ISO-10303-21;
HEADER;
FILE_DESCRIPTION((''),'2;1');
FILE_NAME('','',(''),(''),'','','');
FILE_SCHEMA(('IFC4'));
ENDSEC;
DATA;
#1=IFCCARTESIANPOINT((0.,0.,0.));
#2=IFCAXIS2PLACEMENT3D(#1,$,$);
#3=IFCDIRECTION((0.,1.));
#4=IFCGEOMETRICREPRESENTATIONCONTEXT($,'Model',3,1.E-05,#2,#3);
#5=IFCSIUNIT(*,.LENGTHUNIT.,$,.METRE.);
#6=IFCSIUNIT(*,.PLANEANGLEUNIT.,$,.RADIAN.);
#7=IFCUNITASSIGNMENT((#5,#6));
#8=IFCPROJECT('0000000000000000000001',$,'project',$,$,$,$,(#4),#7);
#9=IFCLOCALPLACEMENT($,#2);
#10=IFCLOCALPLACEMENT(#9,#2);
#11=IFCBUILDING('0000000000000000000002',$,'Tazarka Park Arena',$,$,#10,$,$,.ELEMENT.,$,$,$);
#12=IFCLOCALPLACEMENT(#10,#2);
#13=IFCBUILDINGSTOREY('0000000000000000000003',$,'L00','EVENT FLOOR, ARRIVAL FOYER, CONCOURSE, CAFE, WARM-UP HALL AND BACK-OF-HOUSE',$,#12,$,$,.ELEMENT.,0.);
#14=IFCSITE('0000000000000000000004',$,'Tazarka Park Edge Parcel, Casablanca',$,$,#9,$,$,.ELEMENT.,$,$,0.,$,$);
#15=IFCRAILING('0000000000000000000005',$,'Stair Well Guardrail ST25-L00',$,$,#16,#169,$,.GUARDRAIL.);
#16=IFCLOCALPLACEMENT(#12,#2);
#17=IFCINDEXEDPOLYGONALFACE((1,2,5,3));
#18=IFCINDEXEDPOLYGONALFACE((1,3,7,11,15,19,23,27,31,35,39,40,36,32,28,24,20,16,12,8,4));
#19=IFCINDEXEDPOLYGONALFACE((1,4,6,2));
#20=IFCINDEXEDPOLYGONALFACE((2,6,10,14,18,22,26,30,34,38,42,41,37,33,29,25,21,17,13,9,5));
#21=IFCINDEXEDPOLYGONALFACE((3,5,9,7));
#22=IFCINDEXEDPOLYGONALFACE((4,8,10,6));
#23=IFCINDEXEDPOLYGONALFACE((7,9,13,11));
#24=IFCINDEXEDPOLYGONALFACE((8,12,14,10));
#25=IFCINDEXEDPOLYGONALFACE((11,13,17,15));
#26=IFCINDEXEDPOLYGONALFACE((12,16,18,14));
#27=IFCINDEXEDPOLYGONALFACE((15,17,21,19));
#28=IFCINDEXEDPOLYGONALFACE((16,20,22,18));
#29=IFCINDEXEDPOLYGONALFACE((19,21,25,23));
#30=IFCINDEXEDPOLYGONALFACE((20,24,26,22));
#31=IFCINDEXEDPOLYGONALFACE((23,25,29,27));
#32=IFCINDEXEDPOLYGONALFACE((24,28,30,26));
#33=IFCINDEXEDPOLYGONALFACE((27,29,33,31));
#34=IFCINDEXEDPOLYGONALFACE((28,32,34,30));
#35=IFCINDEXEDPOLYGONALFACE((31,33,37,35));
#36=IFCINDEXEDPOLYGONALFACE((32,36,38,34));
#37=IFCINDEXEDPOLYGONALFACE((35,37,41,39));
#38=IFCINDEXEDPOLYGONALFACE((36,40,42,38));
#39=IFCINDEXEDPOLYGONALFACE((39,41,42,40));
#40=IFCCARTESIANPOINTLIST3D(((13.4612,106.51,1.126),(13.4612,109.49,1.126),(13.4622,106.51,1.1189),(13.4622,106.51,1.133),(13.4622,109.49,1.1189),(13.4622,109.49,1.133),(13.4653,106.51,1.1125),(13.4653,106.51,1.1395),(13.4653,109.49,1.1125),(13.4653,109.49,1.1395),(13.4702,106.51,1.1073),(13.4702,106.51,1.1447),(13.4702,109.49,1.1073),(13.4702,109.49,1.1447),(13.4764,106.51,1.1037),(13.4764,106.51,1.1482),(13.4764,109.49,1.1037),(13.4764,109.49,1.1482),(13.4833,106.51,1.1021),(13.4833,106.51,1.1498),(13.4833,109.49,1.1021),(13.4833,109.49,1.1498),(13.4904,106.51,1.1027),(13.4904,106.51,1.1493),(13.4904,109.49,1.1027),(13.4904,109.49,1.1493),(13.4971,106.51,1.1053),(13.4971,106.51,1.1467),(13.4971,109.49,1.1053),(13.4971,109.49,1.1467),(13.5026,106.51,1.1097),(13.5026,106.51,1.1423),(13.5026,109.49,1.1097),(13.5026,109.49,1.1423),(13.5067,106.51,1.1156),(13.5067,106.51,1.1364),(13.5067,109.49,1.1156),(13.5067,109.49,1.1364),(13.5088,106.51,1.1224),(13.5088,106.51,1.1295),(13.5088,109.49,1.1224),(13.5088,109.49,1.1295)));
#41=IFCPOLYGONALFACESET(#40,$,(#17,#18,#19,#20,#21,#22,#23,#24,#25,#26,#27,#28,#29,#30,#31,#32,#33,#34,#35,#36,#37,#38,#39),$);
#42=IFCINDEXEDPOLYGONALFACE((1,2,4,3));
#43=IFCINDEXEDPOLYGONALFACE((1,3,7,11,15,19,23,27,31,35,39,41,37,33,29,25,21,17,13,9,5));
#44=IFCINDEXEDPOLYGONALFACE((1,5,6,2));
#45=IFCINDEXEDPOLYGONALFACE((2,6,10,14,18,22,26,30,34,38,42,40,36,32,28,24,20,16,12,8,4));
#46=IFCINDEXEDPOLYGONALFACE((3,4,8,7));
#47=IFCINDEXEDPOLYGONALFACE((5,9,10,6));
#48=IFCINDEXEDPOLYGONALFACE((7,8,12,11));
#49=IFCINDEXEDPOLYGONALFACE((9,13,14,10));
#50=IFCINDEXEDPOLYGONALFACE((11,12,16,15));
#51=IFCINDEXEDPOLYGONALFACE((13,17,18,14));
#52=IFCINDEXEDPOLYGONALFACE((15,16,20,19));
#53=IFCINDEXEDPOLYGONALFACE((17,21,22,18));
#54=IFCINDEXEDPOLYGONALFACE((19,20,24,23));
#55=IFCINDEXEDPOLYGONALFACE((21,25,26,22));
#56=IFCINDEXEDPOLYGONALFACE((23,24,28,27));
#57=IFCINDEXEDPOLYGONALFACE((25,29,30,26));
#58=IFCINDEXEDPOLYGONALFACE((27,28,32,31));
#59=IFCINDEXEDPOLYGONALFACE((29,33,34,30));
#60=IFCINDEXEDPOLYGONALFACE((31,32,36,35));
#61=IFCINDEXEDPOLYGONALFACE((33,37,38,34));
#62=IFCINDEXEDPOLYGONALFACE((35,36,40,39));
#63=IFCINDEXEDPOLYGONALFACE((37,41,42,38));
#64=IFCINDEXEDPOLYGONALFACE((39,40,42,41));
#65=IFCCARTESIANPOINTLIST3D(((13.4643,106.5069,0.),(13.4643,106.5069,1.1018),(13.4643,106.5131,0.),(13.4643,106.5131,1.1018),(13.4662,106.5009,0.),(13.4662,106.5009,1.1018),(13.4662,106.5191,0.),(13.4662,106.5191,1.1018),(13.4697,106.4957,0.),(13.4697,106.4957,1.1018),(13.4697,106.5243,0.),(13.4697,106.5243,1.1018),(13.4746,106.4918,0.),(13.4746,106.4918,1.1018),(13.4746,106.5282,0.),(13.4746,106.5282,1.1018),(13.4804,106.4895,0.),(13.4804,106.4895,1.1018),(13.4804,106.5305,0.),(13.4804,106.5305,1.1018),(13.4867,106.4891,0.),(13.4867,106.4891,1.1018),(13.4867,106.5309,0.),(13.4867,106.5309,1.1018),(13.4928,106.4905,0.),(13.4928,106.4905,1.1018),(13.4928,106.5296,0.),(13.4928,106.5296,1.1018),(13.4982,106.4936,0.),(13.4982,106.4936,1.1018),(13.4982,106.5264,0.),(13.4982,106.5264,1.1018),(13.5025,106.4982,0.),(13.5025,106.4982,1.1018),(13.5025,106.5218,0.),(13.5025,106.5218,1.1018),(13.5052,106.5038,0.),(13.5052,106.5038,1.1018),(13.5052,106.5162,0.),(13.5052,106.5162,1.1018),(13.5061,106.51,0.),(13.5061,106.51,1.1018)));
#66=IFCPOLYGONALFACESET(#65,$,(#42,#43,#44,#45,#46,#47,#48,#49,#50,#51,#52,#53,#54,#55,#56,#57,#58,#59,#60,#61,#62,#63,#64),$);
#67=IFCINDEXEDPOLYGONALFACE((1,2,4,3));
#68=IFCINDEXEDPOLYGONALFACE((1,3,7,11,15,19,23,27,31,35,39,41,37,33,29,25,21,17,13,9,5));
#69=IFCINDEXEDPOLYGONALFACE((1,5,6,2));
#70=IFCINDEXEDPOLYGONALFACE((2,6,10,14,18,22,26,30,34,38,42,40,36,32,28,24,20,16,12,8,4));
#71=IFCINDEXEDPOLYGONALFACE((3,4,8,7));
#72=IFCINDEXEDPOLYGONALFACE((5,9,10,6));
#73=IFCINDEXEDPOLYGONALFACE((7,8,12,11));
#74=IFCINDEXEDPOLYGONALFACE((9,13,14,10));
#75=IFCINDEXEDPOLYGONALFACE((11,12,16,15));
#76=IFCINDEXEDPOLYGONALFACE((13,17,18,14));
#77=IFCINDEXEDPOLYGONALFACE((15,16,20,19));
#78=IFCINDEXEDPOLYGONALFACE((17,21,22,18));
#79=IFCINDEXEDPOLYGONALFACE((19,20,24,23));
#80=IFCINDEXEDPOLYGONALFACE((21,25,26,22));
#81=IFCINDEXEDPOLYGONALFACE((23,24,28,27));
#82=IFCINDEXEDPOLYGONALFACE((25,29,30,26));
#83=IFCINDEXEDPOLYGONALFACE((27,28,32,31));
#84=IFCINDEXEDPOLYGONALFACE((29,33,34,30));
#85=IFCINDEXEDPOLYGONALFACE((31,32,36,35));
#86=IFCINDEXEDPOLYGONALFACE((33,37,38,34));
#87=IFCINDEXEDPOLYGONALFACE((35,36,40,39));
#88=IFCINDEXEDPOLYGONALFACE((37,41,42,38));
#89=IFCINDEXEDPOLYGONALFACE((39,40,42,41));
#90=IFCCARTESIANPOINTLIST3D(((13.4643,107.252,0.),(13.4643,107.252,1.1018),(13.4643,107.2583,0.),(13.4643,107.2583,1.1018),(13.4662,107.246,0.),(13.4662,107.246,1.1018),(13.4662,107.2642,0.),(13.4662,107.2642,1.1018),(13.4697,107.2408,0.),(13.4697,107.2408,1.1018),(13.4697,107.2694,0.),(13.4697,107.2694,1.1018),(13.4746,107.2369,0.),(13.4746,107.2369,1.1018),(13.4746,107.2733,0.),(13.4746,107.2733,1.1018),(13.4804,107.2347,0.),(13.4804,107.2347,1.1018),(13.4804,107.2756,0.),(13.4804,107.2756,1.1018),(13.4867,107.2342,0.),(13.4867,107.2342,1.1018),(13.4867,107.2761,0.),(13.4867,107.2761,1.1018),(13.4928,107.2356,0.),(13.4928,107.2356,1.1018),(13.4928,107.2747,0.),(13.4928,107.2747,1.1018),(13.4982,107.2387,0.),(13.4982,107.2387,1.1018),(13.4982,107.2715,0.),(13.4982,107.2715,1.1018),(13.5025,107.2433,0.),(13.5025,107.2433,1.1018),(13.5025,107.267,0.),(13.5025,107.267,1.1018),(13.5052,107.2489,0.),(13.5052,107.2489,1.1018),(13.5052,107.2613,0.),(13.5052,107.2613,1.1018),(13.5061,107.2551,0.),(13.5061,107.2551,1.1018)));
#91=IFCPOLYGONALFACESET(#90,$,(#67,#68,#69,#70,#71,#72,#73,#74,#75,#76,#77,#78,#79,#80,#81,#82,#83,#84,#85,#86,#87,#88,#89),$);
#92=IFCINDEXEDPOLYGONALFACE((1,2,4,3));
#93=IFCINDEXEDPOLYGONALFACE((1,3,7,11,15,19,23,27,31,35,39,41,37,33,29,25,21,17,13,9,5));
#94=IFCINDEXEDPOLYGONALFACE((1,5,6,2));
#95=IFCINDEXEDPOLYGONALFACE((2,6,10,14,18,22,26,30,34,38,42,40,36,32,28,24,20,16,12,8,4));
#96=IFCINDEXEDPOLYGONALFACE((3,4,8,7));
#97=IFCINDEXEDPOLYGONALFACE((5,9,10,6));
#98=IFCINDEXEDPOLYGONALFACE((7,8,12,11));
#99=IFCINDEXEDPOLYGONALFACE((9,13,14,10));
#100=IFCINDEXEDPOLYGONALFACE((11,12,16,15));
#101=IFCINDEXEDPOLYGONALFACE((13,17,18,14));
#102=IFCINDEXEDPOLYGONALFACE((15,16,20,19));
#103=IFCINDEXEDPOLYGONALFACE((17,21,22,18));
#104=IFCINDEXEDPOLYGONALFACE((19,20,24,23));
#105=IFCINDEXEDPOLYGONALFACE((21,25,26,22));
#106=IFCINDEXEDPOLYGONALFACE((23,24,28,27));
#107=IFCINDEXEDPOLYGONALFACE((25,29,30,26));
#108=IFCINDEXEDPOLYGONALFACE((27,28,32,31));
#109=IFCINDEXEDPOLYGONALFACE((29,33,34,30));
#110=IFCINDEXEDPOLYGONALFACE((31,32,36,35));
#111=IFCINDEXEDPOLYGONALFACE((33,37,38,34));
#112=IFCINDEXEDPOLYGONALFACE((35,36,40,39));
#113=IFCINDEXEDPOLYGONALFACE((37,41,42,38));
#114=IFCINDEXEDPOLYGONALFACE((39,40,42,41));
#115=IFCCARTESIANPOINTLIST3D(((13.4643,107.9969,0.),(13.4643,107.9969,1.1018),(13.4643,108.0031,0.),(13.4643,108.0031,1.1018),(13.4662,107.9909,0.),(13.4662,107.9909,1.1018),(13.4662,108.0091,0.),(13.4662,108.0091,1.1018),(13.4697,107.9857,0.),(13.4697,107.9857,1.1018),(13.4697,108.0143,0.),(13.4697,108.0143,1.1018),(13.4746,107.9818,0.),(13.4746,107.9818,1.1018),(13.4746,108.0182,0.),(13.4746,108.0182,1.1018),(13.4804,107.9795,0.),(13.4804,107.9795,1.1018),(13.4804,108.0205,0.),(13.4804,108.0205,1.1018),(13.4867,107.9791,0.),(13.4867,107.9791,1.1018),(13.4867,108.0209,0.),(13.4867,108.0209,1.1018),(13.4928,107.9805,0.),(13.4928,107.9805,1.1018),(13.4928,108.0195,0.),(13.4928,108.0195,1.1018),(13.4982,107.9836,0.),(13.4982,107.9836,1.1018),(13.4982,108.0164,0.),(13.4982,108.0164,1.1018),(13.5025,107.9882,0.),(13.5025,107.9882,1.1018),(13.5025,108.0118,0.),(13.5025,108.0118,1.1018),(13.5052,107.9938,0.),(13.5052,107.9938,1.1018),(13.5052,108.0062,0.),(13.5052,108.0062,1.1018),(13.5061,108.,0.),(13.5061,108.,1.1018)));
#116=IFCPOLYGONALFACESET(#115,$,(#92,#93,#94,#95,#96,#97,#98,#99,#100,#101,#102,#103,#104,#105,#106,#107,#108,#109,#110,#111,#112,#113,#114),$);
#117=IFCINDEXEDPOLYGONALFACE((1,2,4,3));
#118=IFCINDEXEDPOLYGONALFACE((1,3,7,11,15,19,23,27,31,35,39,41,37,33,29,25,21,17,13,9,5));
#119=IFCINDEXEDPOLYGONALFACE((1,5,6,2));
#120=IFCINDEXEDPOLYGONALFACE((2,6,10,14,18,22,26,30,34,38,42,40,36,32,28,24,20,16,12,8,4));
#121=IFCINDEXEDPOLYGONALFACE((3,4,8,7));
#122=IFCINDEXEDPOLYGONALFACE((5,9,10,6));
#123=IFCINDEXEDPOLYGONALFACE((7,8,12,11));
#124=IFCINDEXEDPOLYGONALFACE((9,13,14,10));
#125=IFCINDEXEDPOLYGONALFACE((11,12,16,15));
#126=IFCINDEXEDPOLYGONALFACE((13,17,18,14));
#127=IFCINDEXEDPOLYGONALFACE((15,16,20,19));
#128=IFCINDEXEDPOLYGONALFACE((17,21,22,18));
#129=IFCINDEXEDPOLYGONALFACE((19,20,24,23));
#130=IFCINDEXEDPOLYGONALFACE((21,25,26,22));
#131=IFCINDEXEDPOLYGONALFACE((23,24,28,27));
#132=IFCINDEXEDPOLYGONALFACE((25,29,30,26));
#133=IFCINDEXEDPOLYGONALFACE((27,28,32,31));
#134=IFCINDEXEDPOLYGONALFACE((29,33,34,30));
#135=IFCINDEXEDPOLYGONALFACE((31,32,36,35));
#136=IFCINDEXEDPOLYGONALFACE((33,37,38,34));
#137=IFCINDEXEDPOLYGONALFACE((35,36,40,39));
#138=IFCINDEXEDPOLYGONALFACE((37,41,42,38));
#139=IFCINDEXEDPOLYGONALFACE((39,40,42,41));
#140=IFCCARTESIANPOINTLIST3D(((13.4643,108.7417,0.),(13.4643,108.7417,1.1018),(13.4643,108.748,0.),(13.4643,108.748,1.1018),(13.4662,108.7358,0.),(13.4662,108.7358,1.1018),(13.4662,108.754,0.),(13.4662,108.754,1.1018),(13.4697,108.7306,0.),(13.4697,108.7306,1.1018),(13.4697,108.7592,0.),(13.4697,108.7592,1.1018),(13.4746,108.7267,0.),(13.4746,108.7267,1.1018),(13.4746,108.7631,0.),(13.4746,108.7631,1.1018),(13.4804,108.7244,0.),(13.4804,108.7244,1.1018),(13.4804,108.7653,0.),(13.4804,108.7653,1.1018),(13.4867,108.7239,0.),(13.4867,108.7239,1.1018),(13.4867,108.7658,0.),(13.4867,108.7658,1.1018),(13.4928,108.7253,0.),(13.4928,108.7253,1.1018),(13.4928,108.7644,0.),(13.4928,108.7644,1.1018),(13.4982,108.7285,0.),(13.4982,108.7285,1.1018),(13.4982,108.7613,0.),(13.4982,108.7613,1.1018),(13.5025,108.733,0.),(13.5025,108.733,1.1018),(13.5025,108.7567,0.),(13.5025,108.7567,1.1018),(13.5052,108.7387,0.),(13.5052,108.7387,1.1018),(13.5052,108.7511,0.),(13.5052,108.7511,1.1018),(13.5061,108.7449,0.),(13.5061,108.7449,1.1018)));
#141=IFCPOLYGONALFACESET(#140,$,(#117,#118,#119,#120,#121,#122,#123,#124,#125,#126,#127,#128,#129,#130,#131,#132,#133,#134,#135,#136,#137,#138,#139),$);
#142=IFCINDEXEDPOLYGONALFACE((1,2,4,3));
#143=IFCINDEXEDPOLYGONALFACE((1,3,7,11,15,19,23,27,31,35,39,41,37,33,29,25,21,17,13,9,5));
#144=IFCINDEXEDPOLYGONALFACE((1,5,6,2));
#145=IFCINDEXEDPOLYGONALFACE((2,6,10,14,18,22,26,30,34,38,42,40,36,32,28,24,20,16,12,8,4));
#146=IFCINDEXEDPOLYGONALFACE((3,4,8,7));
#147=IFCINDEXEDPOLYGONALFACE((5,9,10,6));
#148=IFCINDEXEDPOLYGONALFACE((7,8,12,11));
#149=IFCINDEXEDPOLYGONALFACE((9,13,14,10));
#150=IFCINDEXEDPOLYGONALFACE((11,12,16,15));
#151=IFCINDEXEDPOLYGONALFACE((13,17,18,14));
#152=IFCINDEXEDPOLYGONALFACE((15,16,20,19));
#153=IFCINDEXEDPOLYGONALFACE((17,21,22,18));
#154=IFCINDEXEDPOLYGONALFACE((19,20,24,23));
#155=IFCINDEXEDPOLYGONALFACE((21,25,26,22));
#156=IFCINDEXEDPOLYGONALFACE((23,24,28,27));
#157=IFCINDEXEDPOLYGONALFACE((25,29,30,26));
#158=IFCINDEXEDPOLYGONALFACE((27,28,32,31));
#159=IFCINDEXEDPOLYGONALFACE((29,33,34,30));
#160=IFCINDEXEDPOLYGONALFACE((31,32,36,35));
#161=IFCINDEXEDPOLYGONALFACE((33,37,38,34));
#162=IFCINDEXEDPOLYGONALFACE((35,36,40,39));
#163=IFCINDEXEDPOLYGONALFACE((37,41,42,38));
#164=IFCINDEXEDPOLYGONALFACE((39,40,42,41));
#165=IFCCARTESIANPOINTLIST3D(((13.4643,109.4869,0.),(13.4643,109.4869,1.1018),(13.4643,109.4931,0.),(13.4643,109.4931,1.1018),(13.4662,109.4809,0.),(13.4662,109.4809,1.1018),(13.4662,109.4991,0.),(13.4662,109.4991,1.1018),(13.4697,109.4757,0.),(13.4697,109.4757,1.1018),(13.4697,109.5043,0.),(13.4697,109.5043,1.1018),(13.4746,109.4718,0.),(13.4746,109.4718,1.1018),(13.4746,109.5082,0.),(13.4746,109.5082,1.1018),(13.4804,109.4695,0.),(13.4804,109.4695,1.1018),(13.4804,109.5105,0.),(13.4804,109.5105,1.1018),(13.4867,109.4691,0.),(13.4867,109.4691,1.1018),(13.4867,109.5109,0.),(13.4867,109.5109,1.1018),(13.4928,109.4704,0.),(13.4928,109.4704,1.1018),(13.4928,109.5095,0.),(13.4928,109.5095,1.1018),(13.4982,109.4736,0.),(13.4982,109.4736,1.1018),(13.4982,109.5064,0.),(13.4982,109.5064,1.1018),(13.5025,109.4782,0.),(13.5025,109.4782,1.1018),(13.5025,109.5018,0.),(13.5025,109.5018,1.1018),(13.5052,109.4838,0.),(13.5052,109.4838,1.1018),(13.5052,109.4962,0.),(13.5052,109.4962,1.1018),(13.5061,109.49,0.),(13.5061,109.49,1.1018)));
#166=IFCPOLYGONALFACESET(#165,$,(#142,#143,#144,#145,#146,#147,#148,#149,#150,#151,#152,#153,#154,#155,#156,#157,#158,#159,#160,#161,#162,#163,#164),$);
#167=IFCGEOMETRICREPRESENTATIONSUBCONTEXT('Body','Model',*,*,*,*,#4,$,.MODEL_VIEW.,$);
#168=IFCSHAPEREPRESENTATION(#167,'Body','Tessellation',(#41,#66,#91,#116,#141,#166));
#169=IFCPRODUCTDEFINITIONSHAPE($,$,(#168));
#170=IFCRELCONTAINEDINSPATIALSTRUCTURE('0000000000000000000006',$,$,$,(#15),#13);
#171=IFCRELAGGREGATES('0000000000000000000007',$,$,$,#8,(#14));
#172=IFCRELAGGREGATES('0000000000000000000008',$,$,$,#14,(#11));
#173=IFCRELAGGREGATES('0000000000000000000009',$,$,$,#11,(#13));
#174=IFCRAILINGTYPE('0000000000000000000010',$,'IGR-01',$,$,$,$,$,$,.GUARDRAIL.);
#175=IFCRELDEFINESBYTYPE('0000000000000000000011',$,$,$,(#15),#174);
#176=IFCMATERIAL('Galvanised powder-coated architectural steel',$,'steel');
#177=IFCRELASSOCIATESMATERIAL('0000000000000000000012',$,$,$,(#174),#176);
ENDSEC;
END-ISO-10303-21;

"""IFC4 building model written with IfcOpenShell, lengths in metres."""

from ifc_helpers import new_model, si_unit, direction, frame, origin, origin_2d, place, context, subcontext, project, spatial, circle, extrude, material, type_object, element, save


model = new_model("IFC4")

# Units and contexts
model_context = context("Model", 3, precision=1e-05, world=origin(), true_north=direction((0.0, 1.0)))
body_context = subcontext(model_context, "Body", "Model", "MODEL_VIEW")
ifc_project = project(units=[si_unit("LENGTHUNIT", "METRE"), si_unit("PLANEANGLEUNIT", "RADIAN")], contexts=[model_context])

# Site, building, storey
site_placement = place(None, origin())
site = spatial("IfcSite", under=ifc_project, at=site_placement, Name="Tazarka Park Edge Parcel, Casablanca", CompositionType="ELEMENT", RefElevation=0.0)
building_placement = place(site_placement, origin())
building = spatial("IfcBuilding", under=site, at=building_placement, Name="Tazarka Park Arena", CompositionType="ELEMENT")
storey_placement = place(building_placement, origin())
storey = spatial("IfcBuildingStorey", under=building, at=storey_placement, Name="L00", Description="EVENT FLOOR, ARRIVAL FOYER, CONCOURSE, CAFE, WARM-UP HALL AND BACK-OF-HOUSE", CompositionType="ELEMENT", Elevation=0.0)

# Railing
ifc_material_1 = material(Name="Galvanised powder-coated architectural steel", Category="steel")
railing_type_1 = type_object("IfcRailingType", Name="IGR-01", PredefinedType="GUARDRAIL", material=ifc_material_1)
for number, where, name in (
    (1, (13.4851, 106.51, 0.0), "Stair Well Guardrail ST25-L00"),
):
    element("IfcRailing", number, at=place(storey_placement, frame(where)), inside=storey, type_object=railing_type_1, Name=name, PredefinedType="GUARDRAIL", context=body_context, shape_type="SweptSolid", body=[
        extrude(circle(Radius=0.0239, at=origin_2d()), frame((0.0, 0.0, 1.126), z_axis=(0.0, 1.0, 0.0), x_axis=(-1.0, 0.0, 0.0)), (0.0, 0.0, 1.0), 2.98),
        extrude(circle(Radius=0.021, at=origin_2d()), origin(), (0.0, 0.0, 1.0), 1.1018),
        extrude(circle(Radius=0.021, at=origin_2d()), frame((0.0, 0.7451, 0.0)), (0.0, 0.0, 1.0), 1.1018),
        extrude(circle(Radius=0.021, at=origin_2d()), frame((0.0, 1.49, 0.0)), (0.0, 0.0, 1.0), 1.1018),
        extrude(circle(Radius=0.021, at=origin_2d()), frame((0.0, 2.2349, 0.0)), (0.0, 0.0, 1.0), 1.1018),
        extrude(circle(Radius=0.021, at=origin_2d()), frame((0.0, 2.98, 0.0)), (0.0, 0.0, 1.0), 1.1018),
    ])

save(model, "model.ifc")
